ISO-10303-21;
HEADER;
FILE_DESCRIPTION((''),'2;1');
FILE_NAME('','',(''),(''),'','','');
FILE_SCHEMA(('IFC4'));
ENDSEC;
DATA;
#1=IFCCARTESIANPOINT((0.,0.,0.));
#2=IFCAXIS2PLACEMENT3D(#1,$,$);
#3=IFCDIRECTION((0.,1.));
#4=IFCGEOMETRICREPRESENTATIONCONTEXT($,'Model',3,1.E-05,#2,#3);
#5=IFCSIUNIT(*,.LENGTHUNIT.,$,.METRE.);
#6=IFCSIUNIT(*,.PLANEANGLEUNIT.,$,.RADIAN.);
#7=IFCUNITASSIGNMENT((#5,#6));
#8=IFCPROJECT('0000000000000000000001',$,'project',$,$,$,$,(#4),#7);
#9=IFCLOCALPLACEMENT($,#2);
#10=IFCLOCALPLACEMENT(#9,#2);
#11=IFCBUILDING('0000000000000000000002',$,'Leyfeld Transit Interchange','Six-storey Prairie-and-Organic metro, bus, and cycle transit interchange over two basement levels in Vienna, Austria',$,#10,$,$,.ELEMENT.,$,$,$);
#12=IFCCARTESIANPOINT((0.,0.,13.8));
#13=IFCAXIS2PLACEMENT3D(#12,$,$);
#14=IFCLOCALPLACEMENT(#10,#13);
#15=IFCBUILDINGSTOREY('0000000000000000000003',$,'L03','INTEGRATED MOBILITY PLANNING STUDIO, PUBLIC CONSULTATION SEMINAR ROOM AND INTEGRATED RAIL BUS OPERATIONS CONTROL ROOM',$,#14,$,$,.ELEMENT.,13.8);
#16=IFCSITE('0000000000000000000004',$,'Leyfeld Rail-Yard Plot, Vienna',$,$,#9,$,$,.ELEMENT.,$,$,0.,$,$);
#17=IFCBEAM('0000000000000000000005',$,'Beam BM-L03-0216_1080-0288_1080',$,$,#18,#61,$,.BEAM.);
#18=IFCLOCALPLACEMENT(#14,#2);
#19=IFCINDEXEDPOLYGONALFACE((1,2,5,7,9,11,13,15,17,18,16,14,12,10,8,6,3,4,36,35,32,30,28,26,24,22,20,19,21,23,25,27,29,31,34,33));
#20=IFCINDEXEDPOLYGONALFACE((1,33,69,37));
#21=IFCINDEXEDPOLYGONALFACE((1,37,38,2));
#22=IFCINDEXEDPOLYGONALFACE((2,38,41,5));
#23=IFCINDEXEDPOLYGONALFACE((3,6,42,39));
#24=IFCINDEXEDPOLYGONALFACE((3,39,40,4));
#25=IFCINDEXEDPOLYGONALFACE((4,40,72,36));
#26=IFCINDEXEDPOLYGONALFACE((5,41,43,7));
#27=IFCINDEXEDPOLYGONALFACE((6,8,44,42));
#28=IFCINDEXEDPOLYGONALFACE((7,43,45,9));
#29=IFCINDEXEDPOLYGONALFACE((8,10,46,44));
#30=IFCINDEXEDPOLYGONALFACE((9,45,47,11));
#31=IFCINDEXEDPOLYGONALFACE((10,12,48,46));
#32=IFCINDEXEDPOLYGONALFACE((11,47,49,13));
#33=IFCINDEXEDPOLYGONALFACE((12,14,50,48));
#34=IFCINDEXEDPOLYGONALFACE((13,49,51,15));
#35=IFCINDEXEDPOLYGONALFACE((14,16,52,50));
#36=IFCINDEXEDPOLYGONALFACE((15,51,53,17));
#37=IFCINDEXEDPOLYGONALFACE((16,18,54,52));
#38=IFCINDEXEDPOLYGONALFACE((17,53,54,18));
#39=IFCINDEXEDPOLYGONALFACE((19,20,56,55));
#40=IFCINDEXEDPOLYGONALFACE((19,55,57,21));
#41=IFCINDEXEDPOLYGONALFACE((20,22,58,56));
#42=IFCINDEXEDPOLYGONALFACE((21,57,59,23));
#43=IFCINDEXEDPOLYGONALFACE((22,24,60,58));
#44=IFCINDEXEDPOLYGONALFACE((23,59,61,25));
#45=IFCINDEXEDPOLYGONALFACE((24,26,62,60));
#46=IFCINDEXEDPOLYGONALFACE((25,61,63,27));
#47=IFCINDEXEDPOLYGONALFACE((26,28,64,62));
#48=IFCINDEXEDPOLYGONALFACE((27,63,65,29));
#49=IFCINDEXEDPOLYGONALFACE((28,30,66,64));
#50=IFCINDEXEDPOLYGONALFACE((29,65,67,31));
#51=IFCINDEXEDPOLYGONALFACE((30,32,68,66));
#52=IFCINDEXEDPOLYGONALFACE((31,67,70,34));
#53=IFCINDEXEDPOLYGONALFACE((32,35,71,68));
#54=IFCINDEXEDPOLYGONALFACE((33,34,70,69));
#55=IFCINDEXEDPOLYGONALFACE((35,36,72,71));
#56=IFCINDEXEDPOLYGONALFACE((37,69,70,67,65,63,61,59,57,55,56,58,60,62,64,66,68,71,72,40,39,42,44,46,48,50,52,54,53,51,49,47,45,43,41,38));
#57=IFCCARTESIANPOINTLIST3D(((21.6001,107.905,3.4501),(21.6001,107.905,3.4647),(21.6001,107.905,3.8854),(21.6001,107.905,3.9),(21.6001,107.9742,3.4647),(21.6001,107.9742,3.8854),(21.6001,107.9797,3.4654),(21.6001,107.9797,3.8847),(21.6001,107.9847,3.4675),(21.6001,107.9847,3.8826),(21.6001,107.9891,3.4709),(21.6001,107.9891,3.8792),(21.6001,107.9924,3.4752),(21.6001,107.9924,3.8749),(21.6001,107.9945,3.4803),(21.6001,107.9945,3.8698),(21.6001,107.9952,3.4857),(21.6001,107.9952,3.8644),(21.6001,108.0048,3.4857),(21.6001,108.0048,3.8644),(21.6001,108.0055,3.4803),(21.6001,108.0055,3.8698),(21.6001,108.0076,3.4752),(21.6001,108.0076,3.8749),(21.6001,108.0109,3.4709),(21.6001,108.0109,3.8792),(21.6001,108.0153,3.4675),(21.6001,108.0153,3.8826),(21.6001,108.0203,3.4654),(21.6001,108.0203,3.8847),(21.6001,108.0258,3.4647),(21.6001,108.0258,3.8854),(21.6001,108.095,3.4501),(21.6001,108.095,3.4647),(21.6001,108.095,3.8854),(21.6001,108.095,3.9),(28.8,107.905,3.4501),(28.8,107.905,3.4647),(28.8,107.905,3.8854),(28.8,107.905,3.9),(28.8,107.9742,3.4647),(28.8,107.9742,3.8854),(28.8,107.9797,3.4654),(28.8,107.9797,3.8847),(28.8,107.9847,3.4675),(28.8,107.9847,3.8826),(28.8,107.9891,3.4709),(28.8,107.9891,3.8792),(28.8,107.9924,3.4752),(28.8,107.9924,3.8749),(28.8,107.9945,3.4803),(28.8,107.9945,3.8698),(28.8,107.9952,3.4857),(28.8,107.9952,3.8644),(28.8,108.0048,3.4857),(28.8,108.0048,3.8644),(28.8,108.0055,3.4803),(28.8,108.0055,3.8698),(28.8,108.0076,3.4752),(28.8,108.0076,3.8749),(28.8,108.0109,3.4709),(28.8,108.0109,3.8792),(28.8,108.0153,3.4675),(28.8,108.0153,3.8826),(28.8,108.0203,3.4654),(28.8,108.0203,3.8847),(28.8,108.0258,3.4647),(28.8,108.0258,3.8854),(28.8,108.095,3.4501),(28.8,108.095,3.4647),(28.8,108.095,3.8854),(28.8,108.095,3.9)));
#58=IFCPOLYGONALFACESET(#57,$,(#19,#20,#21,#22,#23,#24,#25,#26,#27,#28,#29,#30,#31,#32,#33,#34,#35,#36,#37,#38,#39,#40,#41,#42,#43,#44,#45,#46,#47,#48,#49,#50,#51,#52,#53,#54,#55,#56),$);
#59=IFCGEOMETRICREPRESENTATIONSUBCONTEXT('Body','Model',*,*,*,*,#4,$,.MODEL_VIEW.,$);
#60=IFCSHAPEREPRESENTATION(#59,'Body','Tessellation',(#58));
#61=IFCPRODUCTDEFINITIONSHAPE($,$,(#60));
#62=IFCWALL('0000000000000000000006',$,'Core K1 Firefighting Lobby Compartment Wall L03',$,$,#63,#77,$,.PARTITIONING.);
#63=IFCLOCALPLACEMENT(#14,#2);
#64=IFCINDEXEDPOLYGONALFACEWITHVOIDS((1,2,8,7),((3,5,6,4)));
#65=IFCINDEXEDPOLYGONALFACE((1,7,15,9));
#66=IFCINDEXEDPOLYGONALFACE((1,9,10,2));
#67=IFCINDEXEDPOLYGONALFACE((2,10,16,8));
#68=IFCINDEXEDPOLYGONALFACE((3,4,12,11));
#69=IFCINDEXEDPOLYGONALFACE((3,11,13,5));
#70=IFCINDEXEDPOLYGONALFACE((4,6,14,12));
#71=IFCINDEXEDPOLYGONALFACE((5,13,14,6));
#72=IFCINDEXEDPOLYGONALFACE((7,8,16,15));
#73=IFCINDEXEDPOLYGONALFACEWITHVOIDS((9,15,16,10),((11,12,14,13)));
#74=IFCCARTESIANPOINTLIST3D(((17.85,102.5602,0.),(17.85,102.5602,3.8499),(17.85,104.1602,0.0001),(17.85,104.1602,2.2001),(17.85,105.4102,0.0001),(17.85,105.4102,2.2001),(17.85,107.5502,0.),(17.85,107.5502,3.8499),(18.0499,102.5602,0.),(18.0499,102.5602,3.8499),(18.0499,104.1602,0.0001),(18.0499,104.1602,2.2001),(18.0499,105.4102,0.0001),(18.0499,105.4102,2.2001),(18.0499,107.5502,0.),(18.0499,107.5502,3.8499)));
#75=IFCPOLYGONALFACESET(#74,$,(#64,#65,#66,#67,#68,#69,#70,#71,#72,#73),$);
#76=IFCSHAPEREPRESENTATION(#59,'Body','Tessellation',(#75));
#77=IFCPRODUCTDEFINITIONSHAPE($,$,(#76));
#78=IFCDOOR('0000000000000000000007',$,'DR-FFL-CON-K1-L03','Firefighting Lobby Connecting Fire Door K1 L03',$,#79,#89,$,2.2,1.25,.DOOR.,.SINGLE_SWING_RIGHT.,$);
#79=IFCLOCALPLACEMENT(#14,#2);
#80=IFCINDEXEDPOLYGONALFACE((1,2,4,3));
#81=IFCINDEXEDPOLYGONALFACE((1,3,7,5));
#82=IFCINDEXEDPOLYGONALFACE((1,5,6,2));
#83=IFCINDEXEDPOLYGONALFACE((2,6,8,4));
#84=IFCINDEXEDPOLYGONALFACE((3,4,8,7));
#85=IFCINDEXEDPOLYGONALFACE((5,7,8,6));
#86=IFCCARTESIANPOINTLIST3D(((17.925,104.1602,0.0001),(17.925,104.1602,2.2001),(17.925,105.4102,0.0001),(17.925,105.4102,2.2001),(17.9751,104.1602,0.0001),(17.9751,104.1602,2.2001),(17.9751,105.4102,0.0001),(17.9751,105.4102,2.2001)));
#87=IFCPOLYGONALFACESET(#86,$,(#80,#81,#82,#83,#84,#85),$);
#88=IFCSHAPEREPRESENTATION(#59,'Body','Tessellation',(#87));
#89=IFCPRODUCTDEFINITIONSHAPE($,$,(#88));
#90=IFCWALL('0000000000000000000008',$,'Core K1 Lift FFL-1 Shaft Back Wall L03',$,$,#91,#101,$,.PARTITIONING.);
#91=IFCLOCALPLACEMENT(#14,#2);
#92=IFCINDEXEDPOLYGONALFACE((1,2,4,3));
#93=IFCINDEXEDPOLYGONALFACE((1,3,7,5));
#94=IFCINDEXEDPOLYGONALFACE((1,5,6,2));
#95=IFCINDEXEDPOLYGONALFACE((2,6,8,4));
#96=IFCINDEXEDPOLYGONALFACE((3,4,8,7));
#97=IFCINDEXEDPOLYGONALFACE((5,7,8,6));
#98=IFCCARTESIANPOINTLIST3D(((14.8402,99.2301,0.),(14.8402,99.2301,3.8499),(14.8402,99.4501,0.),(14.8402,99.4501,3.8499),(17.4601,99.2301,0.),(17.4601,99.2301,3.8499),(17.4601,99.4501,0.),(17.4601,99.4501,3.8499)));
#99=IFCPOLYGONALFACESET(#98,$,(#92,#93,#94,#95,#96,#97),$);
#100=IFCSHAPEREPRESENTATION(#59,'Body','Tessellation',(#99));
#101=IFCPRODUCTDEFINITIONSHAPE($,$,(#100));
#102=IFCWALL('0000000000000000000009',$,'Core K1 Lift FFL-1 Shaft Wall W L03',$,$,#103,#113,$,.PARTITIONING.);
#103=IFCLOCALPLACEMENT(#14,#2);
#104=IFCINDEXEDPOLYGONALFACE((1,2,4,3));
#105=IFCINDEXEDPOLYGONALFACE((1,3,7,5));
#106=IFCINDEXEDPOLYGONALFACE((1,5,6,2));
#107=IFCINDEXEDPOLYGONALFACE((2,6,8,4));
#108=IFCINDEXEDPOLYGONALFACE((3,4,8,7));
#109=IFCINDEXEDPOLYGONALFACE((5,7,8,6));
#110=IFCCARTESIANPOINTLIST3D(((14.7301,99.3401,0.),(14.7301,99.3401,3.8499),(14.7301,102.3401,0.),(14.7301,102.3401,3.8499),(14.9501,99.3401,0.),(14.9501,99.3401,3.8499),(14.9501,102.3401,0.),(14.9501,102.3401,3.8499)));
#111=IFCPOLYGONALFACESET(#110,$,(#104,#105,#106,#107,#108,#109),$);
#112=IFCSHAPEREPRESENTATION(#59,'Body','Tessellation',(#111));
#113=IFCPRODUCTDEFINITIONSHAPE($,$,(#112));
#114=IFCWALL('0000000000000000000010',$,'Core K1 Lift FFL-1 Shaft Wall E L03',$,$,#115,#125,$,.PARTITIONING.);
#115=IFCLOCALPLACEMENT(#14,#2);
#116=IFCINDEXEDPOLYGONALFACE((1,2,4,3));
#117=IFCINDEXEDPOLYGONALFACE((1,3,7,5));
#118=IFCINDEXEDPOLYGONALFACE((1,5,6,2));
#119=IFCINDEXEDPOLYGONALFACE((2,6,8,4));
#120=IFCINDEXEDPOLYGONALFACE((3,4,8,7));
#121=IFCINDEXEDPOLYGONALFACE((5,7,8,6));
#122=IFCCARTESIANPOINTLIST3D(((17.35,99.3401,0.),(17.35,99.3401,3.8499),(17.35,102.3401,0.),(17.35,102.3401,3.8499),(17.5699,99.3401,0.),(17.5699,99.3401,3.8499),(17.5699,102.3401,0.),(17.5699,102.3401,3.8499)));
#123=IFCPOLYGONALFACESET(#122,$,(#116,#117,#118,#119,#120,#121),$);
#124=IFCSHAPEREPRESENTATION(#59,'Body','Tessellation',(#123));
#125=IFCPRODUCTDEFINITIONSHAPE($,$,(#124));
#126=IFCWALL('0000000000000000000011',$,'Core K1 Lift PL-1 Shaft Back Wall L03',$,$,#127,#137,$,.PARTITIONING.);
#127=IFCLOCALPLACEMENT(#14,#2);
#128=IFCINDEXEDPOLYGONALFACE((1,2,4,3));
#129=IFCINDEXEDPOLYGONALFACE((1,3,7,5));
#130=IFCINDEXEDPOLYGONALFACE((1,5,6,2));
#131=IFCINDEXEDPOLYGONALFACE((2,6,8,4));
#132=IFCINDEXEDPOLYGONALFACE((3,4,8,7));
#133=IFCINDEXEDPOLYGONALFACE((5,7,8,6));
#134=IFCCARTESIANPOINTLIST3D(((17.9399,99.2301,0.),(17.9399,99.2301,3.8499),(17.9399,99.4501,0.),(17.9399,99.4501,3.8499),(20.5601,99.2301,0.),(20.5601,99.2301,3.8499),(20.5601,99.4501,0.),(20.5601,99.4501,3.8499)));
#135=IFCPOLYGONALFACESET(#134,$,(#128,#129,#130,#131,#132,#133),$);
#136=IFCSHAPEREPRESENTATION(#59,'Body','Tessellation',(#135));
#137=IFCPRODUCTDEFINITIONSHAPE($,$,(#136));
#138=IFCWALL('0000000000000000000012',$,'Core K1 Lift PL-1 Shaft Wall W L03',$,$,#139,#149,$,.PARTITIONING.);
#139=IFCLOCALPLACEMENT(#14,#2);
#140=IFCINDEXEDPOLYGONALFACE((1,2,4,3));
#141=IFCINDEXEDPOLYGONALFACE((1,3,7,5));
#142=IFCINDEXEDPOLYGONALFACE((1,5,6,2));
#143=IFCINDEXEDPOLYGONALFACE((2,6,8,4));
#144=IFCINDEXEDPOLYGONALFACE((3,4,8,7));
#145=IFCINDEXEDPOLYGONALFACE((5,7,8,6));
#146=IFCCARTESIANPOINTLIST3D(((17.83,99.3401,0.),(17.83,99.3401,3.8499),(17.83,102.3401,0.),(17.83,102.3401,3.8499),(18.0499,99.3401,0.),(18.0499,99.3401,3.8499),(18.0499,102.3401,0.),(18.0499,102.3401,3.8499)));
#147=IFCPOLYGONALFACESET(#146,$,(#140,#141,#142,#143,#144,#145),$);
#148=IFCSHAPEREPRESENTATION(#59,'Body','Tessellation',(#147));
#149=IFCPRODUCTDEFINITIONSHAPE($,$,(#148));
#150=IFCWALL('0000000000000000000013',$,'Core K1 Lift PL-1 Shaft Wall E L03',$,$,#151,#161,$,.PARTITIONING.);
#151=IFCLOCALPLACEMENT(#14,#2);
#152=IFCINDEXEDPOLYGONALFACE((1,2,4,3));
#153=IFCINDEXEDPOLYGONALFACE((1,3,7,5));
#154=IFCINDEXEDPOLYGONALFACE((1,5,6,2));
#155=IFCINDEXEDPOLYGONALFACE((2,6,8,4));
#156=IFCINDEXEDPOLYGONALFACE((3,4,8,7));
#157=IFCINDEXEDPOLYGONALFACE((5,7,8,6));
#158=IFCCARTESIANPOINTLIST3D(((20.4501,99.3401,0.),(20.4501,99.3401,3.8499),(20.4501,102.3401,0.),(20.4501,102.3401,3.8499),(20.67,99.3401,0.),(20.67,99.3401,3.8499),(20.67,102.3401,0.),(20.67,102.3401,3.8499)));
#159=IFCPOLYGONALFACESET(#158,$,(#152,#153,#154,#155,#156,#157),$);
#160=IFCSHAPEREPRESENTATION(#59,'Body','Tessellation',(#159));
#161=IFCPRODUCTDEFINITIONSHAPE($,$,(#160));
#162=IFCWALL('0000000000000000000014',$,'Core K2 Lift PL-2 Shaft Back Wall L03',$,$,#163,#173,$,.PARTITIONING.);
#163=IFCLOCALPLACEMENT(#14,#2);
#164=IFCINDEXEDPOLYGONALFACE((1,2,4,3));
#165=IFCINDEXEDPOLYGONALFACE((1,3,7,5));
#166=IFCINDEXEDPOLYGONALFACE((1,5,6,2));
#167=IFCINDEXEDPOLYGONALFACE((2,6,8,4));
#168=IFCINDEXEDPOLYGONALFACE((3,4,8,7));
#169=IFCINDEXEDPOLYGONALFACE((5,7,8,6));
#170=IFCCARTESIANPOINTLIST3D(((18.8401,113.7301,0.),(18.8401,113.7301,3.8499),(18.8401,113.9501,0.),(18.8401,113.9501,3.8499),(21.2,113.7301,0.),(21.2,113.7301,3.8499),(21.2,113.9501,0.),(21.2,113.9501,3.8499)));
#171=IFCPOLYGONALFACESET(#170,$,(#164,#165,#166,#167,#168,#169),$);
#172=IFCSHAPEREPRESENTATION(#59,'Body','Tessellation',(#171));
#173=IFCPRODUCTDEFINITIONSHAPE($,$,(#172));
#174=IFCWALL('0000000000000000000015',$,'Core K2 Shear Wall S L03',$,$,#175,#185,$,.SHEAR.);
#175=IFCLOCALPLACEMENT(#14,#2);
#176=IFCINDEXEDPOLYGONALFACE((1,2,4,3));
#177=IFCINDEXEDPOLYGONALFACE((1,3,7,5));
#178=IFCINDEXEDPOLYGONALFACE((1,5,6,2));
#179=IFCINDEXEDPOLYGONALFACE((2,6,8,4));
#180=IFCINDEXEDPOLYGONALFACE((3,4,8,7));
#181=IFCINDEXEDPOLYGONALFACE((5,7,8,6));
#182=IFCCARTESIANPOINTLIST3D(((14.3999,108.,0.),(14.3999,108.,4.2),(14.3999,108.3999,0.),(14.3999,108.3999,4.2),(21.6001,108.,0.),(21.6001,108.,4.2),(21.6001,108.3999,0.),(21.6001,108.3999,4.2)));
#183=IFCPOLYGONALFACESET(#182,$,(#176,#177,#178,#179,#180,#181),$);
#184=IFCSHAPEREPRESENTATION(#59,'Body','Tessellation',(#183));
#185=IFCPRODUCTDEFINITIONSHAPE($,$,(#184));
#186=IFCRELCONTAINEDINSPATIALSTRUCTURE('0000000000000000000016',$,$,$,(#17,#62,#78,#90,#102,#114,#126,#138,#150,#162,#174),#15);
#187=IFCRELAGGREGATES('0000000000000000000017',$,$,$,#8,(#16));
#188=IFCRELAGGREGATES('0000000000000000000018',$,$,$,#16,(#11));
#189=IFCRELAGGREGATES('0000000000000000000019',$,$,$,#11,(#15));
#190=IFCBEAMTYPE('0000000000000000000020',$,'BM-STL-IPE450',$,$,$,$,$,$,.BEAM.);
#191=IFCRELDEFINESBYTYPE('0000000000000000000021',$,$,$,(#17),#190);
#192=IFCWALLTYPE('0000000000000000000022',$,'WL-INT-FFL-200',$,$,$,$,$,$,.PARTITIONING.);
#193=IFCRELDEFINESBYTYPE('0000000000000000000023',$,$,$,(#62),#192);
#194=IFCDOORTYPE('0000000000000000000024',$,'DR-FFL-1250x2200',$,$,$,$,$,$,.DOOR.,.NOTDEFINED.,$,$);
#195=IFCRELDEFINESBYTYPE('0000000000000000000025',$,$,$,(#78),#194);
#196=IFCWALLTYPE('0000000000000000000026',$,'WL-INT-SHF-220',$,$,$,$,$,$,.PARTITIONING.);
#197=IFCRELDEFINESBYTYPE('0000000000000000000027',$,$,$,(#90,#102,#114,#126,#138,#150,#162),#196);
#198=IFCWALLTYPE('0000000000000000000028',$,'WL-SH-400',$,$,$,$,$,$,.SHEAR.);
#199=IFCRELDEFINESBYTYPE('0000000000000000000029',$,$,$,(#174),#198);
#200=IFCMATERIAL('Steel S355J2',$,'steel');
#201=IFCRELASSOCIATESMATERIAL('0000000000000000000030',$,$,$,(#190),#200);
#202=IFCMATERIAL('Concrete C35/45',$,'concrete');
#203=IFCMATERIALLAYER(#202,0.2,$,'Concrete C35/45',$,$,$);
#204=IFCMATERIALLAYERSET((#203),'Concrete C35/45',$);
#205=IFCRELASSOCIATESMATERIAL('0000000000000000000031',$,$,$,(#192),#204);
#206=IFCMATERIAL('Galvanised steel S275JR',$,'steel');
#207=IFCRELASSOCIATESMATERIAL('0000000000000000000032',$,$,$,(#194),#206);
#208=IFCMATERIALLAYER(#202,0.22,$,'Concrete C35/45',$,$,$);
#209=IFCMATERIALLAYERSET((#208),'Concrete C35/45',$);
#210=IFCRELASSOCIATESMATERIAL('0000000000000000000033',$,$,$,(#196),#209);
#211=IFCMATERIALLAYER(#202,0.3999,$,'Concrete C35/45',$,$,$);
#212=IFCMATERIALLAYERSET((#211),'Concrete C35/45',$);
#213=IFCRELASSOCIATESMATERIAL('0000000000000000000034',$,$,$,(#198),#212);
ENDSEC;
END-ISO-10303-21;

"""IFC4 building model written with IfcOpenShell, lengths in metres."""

from ifc_helpers import new_model, si_unit, direction, frame, frame_2d, origin, origin_2d, place, context, subcontext, project, spatial, rectangle, i_section, extrude, material, layer, layer_set, material_profile, profile_set, type_object, element, fill, save


model = new_model("IFC4")

# Units and contexts
model_context = context("Model", 3, precision=1e-05, world=origin(), true_north=direction((0.0, 1.0)))
body_context = subcontext(model_context, "Body", "Model", "MODEL_VIEW")
ifc_project = project(units=[si_unit("LENGTHUNIT", "METRE"), si_unit("PLANEANGLEUNIT", "RADIAN")], contexts=[model_context])

# Site, building, storey
site_placement = place(None, origin())
site = spatial("IfcSite", under=ifc_project, at=site_placement, Name="Leyfeld Rail-Yard Plot, Vienna", CompositionType="ELEMENT", RefElevation=0.0)
building_placement = place(site_placement, origin())
building = spatial("IfcBuilding", under=site, at=building_placement, Name="Leyfeld Transit Interchange", Description="Six-storey Prairie-and-Organic metro, bus, and cycle transit interchange over two basement levels in Vienna, Austria", CompositionType="ELEMENT")
storey_placement = place(building_placement, frame((0.0, 0.0, 13.8)))
storey = spatial("IfcBuildingStorey", under=building, at=storey_placement, Name="L03", Description="INTEGRATED MOBILITY PLANNING STUDIO, PUBLIC CONSULTATION SEMINAR ROOM AND INTEGRATED RAIL BUS OPERATIONS CONTROL ROOM", CompositionType="ELEMENT", Elevation=13.8)

# Shared definitions
ifc_material_1 = material(Name="Concrete C35/45", Category="concrete")

# Beam
ifc_material_2 = material(Name="Steel S355J2", Category="steel")
ifc_material_profile_1 = material_profile(ifc_material_2, i_section(OverallWidth=0.1899, OverallDepth=0.45, WebThickness=0.0095, FlangeThickness=0.0146, FilletRadius=0.021, at=origin_2d()), Name="IPE 450")
ifc_profile_set_1 = profile_set([ifc_material_profile_1], Name="Steel S355J2")
beam_type_1 = type_object("IfcBeamType", Name="BM-STL-IPE450", PredefinedType="BEAM", material=ifc_profile_set_1)
for number, where, z_axis, x_axis, name in (
    (1, (21.6001, 108.0, 3.675), (1.0, 0.0, 0.0), (0.0, 1.0, 0.0), "Beam BM-L03-0216_1080-0288_1080"),
):
    element("IfcBeam", number, at=place(storey_placement, frame(where, z_axis=z_axis, x_axis=x_axis)), inside=storey, type_object=beam_type_1, Name=name, PredefinedType="BEAM", context=body_context, shape_type="SweptSolid", body=[
        extrude(i_section(OverallWidth=0.1899, OverallDepth=0.45, WebThickness=0.0095, FlangeThickness=0.0146, FilletRadius=0.021, at=origin_2d()), origin(), (0.0, 0.0, 1.0), 7.2),
    ])

# Wall, opening, door
ifc_layer_1 = layer(ifc_material_1, 0.2, Name="Concrete C35/45")
ifc_layer_set_1 = layer_set([ifc_layer_1], Name="Concrete C35/45")
wall_type_1 = type_object("IfcWallType", Name="WL-INT-FFL-200", PredefinedType="PARTITIONING", material=ifc_layer_set_1)
wall_1_placement = place(storey_placement, frame((17.95, 102.5601, 0.0), z_axis=(0.0, 0.0, 1.0), x_axis=(0.0, 1.0, 0.0)))
wall_1 = element("IfcWall", 2, at=wall_1_placement, inside=storey, type_object=wall_type_1, Name="Core K1 Firefighting Lobby Compartment Wall L03", PredefinedType="PARTITIONING", context=body_context, shape_type="SweptSolid", body=[
    extrude(rectangle(XDim=4.99, YDim=0.2, at=frame_2d((2.4951, 0.0))), origin(), (0.0, 0.0, 1.0), 3.8499),
])
opening_1_placement = place(wall_1_placement, frame((1.6001, 0.0, 0.0)))
opening_1 = element("IfcOpeningElement", 3, at=opening_1_placement, cuts=wall_1, PredefinedType="OPENING", context=body_context, shape_type="SweptSolid", body=[
    extrude(rectangle(XDim=1.25, YDim=2.2, at=frame_2d((0.625, 1.1001))), frame((0.0, 0.1099, 0.0), z_axis=(0.0, -1.0, 0.0), x_axis=(1.0, 0.0, 0.0)), (0.0, 0.0, 1.0), 0.22),
])
ifc_material_3 = material(Name="Galvanised steel S275JR", Category="steel")
door_type_1 = type_object("IfcDoorType", Name="DR-FFL-1250x2200", OperationType="NOTDEFINED", PredefinedType="DOOR", material=ifc_material_3)
door_1_placement = place(opening_1_placement, origin())
door_1 = element("IfcDoor", 4, at=door_1_placement, inside=storey, type_object=door_type_1, Name="DR-FFL-CON-K1-L03", Description="Firefighting Lobby Connecting Fire Door K1 L03", OperationType="SINGLE_SWING_RIGHT", OverallHeight=2.2, OverallWidth=1.25, PredefinedType="DOOR", context=body_context, shape_type="SweptSolid", body=[
    extrude(rectangle(XDim=1.25, YDim=2.2, at=frame_2d((0.625, 1.1001))), frame((0.0, 0.0249, 0.0), z_axis=(0.0, -1.0, 0.0), x_axis=(1.0, 0.0, 0.0)), (0.0, 0.0, 1.0), 0.05),
])
fill(opening_1, door_1)

# Walls
ifc_layer_2 = layer(ifc_material_1, 0.22, Name="Concrete C35/45")
ifc_layer_set_2 = layer_set([ifc_layer_2], Name="Concrete C35/45")
wall_type_2 = type_object("IfcWallType", Name="WL-INT-SHF-220", PredefinedType="PARTITIONING", material=ifc_layer_set_2)
wall_2_placement = place(storey_placement, frame((14.8401, 99.3401, 0.0), z_axis=(0.0, 0.0, 1.0), x_axis=(1.0, 0.0, 0.0)))
element("IfcWall", 5, at=wall_2_placement, inside=storey, type_object=wall_type_2, Name="Core K1 Lift FFL-1 Shaft Back Wall L03", PredefinedType="PARTITIONING", context=body_context, shape_type="SweptSolid", body=[
    extrude(rectangle(XDim=2.6199, YDim=0.22, at=frame_2d((1.3101, 0.0))), origin(), (0.0, 0.0, 1.0), 3.8499),
])
for number, where, z_axis, x_axis, name in (
    (6, (14.8401, 99.3401, 0.0), (0.0, 0.0, 1.0), (0.0, 1.0, 0.0), "Core K1 Lift FFL-1 Shaft Wall W L03"),
    (7, (17.46, 99.3401, 0.0), (0.0, 0.0, 1.0), (0.0, 1.0, 0.0), "Core K1 Lift FFL-1 Shaft Wall E L03"),
):
    element("IfcWall", number, at=place(storey_placement, frame(where, z_axis=z_axis, x_axis=x_axis)), inside=storey, type_object=wall_type_2, Name=name, PredefinedType="PARTITIONING", context=body_context, shape_type="SweptSolid", body=[
        extrude(rectangle(XDim=3.0, YDim=0.22, at=frame_2d((1.5, 0.0))), origin(), (0.0, 0.0, 1.0), 3.8499),
    ])
wall_3_placement = place(storey_placement, frame((17.9399, 99.3401, 0.0), z_axis=(0.0, 0.0, 1.0), x_axis=(1.0, 0.0, 0.0)))
element("IfcWall", 8, at=wall_3_placement, inside=storey, type_object=wall_type_2, Name="Core K1 Lift PL-1 Shaft Back Wall L03", PredefinedType="PARTITIONING", context=body_context, shape_type="SweptSolid", body=[
    extrude(rectangle(XDim=2.6201, YDim=0.22, at=frame_2d((1.3101, 0.0))), origin(), (0.0, 0.0, 1.0), 3.8499),
])
for number, where, z_axis, x_axis, name in (
    (9, (17.9399, 99.3401, 0.0), (0.0, 0.0, 1.0), (0.0, 1.0, 0.0), "Core K1 Lift PL-1 Shaft Wall W L03"),
    (10, (20.5601, 99.3401, 0.0), (0.0, 0.0, 1.0), (0.0, 1.0, 0.0), "Core K1 Lift PL-1 Shaft Wall E L03"),
):
    element("IfcWall", number, at=place(storey_placement, frame(where, z_axis=z_axis, x_axis=x_axis)), inside=storey, type_object=wall_type_2, Name=name, PredefinedType="PARTITIONING", context=body_context, shape_type="SweptSolid", body=[
        extrude(rectangle(XDim=3.0, YDim=0.22, at=frame_2d((1.5, 0.0))), origin(), (0.0, 0.0, 1.0), 3.8499),
    ])
wall_4_placement = place(storey_placement, frame((18.8401, 113.8401, 0.0), z_axis=(0.0, 0.0, 1.0), x_axis=(1.0, 0.0, 0.0)))
element("IfcWall", 11, at=wall_4_placement, inside=storey, type_object=wall_type_2, Name="Core K2 Lift PL-2 Shaft Back Wall L03", PredefinedType="PARTITIONING", context=body_context, shape_type="SweptSolid", body=[
    extrude(rectangle(XDim=2.3599, YDim=0.22, at=frame_2d((1.1799, 0.0))), origin(), (0.0, 0.0, 1.0), 3.8499),
])
ifc_layer_3 = layer(ifc_material_1, 0.3999, Name="Concrete C35/45")
ifc_layer_set_3 = layer_set([ifc_layer_3], Name="Concrete C35/45")
wall_type_3 = type_object("IfcWallType", Name="WL-SH-400", PredefinedType="SHEAR", material=ifc_layer_set_3)
wall_5_placement = place(storey_placement, frame((21.6001, 108.2, 0.0), z_axis=(0.0, 0.0, 1.0), x_axis=(-1.0, 0.0, 0.0)))
element("IfcWall", 12, at=wall_5_placement, inside=storey, type_object=wall_type_3, Name="Core K2 Shear Wall S L03", PredefinedType="SHEAR", context=body_context, shape_type="SweptSolid", body=[
    extrude(rectangle(XDim=7.2002, YDim=0.3999, at=frame_2d((3.6001, 0.0))), origin(), (0.0, 0.0, 1.0), 4.2),
])

save(model, "model.ifc")
